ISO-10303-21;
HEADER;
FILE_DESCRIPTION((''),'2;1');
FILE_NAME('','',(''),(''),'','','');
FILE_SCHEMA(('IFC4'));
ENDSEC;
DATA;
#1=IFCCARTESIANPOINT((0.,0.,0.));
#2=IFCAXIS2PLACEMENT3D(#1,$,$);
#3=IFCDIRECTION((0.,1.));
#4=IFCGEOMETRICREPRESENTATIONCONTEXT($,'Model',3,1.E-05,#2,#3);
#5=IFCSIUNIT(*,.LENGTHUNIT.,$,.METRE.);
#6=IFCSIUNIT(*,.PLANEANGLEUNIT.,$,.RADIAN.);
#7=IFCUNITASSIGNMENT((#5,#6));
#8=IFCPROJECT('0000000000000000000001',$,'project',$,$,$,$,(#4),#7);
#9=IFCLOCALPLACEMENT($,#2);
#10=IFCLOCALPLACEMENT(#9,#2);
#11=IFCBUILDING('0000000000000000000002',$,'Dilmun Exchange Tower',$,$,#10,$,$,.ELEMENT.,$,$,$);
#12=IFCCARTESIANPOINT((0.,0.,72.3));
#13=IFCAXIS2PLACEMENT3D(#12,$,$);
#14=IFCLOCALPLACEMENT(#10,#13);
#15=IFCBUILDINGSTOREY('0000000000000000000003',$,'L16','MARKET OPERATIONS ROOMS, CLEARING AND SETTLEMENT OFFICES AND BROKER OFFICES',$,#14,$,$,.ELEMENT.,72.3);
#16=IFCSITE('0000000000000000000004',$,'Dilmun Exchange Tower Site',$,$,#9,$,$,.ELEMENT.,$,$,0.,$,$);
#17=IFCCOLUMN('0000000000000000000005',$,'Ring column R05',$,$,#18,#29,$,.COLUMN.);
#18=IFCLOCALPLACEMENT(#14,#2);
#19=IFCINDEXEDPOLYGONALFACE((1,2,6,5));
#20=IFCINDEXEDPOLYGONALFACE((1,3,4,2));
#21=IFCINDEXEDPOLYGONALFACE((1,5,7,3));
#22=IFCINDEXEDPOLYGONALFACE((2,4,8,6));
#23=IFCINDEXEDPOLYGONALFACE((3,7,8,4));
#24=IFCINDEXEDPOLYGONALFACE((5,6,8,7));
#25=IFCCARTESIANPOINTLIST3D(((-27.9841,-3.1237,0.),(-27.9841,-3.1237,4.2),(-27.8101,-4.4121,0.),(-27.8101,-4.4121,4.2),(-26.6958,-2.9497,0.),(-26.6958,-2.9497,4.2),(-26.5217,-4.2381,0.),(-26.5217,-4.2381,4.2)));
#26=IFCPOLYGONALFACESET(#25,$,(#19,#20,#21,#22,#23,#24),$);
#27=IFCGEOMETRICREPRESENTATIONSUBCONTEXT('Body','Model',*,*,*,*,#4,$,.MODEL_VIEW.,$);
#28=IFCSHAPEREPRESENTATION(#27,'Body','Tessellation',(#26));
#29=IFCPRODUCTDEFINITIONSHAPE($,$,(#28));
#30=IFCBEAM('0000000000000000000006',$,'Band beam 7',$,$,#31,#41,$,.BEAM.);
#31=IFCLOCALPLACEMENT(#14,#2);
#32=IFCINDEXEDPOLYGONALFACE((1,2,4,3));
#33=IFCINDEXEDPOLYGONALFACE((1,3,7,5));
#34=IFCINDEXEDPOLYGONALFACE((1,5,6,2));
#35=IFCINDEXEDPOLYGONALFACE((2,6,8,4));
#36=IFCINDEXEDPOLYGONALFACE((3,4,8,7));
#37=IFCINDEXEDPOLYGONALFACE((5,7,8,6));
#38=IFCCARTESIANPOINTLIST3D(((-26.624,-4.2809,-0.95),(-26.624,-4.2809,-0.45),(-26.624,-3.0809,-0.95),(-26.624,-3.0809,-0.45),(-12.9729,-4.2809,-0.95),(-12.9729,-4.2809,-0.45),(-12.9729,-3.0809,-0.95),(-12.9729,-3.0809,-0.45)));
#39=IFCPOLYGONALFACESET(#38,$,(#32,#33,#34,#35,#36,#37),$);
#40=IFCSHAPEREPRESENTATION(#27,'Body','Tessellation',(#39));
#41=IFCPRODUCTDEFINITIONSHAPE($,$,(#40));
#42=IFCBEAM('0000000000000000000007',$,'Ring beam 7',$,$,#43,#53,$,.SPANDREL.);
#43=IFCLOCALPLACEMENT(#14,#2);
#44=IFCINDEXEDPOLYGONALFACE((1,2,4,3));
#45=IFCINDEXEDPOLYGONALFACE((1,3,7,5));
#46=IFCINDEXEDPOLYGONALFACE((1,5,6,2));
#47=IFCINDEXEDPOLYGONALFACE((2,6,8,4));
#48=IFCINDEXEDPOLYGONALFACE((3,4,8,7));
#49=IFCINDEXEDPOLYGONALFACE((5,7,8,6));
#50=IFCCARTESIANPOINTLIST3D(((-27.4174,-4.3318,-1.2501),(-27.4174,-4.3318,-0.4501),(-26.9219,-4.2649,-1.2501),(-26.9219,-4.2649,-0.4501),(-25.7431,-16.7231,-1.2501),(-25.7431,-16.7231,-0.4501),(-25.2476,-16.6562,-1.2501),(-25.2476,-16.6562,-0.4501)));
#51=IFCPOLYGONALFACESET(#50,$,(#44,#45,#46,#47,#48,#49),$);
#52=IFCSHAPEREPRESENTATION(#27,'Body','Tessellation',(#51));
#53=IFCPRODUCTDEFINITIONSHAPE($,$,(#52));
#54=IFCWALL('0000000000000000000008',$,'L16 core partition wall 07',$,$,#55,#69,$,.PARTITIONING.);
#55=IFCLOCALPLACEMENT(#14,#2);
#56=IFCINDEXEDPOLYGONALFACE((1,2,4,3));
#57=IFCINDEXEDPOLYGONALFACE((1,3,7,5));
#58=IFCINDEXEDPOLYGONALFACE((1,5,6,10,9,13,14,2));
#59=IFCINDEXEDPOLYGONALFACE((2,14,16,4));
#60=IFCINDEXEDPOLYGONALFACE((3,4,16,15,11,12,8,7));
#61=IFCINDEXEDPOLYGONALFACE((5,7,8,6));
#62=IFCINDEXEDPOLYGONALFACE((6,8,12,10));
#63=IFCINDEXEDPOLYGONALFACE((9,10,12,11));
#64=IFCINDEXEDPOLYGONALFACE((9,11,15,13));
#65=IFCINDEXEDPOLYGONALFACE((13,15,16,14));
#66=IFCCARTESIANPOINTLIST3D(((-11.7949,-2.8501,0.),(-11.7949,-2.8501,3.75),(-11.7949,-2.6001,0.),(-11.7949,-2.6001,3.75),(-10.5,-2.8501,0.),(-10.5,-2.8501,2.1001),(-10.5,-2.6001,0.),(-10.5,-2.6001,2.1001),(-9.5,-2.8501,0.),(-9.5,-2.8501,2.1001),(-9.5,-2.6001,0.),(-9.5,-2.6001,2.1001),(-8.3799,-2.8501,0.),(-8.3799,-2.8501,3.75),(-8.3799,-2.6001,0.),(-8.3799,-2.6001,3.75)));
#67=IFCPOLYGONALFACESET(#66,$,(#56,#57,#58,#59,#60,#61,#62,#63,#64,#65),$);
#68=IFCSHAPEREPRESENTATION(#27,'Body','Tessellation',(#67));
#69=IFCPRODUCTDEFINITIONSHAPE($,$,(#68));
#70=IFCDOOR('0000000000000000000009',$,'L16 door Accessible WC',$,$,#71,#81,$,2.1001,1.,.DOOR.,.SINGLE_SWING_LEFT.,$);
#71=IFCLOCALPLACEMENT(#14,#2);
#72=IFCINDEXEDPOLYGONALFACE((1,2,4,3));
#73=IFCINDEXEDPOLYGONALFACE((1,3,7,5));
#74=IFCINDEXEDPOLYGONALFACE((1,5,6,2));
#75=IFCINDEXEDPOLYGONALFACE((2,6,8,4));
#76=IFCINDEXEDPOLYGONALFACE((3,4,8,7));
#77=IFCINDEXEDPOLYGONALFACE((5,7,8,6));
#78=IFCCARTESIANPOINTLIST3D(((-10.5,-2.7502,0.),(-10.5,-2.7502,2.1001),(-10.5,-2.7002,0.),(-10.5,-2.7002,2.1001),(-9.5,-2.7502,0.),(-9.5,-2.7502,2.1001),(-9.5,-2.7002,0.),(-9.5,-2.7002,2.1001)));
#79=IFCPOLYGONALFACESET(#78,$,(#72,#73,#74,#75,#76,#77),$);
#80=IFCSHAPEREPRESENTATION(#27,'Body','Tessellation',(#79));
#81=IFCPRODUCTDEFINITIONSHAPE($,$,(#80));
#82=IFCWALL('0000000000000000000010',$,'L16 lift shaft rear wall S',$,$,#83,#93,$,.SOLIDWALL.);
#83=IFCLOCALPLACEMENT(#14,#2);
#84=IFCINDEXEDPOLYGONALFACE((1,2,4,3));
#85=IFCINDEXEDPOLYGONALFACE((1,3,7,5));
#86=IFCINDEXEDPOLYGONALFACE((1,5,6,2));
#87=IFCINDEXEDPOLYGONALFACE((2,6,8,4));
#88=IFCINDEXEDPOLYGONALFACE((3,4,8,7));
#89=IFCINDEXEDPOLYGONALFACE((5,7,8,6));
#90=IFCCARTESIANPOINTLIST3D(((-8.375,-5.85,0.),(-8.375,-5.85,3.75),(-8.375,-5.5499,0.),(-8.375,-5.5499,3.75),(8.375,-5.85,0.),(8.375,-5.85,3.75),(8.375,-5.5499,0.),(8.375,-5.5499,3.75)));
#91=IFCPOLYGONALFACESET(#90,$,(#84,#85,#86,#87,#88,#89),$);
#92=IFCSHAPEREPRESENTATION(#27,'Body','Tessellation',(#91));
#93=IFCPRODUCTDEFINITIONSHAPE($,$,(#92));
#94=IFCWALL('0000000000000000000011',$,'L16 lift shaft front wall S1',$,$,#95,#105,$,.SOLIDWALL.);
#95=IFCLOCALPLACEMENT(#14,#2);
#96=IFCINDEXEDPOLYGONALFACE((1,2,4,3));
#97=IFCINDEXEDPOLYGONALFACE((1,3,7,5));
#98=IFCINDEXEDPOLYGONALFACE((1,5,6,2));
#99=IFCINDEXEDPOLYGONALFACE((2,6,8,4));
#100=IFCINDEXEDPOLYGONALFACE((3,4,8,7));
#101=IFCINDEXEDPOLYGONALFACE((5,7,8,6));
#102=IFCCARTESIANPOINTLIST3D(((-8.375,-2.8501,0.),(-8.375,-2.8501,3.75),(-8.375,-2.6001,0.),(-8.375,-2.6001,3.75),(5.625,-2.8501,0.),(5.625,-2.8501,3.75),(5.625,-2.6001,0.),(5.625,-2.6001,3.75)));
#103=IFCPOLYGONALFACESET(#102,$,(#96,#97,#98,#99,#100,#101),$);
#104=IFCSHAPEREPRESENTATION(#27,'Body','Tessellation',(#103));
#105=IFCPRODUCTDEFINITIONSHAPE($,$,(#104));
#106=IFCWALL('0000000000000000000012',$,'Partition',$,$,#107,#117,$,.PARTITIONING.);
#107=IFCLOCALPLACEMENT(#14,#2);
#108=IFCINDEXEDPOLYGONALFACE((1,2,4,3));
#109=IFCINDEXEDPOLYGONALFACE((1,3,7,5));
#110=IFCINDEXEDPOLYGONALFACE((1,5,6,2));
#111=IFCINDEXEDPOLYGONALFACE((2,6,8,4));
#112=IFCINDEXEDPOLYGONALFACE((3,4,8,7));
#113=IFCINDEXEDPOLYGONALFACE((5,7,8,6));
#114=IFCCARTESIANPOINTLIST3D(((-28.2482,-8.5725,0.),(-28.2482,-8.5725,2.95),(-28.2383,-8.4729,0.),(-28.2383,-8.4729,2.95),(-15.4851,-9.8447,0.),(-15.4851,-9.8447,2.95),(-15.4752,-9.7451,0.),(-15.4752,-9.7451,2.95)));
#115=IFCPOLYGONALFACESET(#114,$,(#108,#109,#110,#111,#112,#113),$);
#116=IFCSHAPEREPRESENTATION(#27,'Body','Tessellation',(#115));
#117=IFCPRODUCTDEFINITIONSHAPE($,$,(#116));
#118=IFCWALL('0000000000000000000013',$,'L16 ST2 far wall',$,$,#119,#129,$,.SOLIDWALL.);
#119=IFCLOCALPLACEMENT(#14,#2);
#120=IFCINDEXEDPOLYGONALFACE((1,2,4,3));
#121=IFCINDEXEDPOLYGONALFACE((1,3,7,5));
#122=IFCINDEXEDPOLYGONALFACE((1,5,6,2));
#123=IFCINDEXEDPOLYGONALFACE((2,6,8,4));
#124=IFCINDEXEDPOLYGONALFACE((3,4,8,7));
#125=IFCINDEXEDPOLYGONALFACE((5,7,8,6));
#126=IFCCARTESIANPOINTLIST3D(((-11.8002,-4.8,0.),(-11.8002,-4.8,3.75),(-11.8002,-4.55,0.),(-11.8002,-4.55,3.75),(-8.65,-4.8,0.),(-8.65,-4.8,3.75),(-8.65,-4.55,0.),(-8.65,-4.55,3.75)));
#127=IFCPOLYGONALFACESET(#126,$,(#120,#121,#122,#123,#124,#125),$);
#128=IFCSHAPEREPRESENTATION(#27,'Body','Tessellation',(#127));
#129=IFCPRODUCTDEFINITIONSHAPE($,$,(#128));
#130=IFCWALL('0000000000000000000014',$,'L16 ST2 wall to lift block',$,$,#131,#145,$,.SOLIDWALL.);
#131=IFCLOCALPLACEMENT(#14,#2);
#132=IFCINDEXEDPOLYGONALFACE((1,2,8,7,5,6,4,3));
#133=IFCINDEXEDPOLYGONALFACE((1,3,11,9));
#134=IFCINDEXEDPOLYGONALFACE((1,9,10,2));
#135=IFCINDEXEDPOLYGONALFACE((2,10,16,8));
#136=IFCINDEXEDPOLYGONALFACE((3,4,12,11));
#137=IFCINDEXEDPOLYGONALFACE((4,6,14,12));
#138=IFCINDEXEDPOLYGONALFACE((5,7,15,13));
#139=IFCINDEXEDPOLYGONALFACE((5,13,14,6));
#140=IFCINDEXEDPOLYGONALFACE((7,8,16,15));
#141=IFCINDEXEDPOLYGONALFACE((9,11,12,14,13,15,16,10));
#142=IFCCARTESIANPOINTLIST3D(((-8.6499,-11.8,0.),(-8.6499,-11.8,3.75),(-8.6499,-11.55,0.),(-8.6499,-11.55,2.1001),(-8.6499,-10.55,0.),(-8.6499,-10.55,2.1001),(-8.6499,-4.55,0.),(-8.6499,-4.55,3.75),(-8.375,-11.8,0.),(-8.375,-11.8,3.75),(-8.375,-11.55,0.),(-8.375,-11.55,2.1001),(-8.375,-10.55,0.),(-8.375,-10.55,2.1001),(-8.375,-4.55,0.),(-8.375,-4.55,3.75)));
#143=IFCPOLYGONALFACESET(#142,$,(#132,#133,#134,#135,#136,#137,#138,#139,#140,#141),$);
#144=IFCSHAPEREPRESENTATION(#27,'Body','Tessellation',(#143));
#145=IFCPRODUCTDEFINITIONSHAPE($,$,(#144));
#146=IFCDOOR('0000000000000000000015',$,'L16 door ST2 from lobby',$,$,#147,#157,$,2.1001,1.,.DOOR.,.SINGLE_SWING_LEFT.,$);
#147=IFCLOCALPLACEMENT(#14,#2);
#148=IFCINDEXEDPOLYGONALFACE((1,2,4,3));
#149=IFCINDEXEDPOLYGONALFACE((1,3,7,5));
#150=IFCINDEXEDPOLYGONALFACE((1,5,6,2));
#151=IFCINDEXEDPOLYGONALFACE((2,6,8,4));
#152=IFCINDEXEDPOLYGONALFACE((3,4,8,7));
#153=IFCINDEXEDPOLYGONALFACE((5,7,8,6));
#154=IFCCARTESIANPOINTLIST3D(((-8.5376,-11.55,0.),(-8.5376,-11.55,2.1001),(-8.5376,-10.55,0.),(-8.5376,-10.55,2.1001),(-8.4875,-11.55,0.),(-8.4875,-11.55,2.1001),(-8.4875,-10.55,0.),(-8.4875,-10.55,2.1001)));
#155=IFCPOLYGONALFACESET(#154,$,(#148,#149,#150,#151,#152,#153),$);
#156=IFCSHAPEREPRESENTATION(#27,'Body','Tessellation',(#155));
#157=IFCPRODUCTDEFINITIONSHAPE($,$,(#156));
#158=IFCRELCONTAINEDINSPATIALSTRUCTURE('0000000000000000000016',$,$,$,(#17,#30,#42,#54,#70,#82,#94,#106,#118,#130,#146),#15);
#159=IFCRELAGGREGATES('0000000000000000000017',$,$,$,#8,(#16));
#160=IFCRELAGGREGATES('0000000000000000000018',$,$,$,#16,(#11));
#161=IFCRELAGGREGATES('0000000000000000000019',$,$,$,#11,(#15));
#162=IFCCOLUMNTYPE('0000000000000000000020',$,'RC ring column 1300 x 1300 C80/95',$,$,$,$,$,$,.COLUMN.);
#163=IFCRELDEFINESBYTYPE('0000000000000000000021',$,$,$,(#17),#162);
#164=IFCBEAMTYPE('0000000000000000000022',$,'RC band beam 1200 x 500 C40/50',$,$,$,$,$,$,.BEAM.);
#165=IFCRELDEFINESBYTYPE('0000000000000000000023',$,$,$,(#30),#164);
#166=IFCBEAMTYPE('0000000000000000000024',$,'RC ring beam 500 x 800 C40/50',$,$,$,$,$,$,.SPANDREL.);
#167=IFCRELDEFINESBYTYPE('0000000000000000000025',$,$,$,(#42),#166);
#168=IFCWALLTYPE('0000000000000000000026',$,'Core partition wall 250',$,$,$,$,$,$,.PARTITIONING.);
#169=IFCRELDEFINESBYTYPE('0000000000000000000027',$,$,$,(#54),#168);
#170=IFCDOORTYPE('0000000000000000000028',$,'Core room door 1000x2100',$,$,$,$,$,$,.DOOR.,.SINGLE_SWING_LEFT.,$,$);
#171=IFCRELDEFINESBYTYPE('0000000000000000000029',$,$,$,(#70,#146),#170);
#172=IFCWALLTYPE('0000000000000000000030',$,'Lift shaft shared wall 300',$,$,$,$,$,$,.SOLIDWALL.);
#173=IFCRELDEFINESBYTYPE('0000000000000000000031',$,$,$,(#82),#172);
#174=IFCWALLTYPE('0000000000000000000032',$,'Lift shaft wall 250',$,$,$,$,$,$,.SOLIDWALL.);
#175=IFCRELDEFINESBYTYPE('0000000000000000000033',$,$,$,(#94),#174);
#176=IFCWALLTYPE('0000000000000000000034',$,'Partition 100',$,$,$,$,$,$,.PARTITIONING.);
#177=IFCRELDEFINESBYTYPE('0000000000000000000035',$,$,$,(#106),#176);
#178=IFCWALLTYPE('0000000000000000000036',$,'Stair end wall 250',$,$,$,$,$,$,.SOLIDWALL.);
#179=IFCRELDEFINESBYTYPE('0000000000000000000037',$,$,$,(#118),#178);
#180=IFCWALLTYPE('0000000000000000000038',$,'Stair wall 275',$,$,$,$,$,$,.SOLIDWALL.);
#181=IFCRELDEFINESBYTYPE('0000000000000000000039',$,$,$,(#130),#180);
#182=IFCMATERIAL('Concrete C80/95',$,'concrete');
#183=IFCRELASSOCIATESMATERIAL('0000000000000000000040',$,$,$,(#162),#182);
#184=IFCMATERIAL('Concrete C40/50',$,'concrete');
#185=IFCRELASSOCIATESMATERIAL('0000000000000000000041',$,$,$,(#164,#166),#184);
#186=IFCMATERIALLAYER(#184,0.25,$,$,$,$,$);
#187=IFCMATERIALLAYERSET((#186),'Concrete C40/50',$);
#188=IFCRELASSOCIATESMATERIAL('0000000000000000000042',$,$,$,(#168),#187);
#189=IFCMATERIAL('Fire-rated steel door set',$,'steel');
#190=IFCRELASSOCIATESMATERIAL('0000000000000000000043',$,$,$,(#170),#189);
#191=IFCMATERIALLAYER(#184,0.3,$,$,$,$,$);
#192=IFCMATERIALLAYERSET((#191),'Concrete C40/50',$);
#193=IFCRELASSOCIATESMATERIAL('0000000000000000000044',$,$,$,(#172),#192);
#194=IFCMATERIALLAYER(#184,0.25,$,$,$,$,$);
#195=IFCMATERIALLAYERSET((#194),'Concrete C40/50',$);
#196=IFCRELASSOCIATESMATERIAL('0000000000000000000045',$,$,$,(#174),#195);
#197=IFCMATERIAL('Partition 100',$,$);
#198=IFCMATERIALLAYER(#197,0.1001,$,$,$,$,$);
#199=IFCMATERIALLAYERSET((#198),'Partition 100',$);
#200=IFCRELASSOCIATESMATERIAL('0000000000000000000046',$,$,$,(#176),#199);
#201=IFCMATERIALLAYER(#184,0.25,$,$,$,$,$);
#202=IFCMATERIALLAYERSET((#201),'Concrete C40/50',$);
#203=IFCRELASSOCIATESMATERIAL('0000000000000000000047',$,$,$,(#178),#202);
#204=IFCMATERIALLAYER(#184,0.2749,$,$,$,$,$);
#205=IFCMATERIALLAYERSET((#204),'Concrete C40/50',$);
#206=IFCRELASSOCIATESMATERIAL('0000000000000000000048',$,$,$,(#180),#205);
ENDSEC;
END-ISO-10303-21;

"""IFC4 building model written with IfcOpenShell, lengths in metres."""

from ifc_helpers import new_model, si_unit, direction, frame, frame_2d, origin, origin_2d, place, context, subcontext, project, spatial, rectangle, extrude, material, layer, layer_set, material_profile, profile_set, type_object, element, fill, save


model = new_model("IFC4")

# Units and contexts
model_context = context("Model", 3, precision=1e-05, world=origin(), true_north=direction((0.0, 1.0)))
body_context = subcontext(model_context, "Body", "Model", "MODEL_VIEW")
ifc_project = project(units=[si_unit("LENGTHUNIT", "METRE"), si_unit("PLANEANGLEUNIT", "RADIAN")], contexts=[model_context])

# Site, building, storey
site_placement = place(None, origin())
site = spatial("IfcSite", under=ifc_project, at=site_placement, Name="Dilmun Exchange Tower Site", CompositionType="ELEMENT", RefElevation=0.0)
building_placement = place(site_placement, origin())
building = spatial("IfcBuilding", under=site, at=building_placement, Name="Dilmun Exchange Tower", CompositionType="ELEMENT")
storey_placement = place(building_placement, frame((0.0, 0.0, 72.3)))
storey = spatial("IfcBuildingStorey", under=building, at=storey_placement, Name="L16", Description="MARKET OPERATIONS ROOMS, CLEARING AND SETTLEMENT OFFICES AND BROKER OFFICES", CompositionType="ELEMENT", Elevation=72.3)

# Column
ifc_material_1 = material(Name="Concrete C80/95", Category="concrete")
ifc_material_profile_1 = material_profile(ifc_material_1, rectangle(XDim=1.3, YDim=1.3, at=origin_2d()), Name="1300 x 1300")
ifc_profile_set_1 = profile_set([ifc_material_profile_1], Name="Concrete C80/95")
column_type = type_object("IfcColumnType", Name="RC ring column 1300 x 1300 C80/95", PredefinedType="COLUMN", material=ifc_profile_set_1)
column_placement = place(storey_placement, frame((-27.2529, -3.6809, 0.0), z_axis=(0.0, 0.0, 1.0), x_axis=(0.991001, 0.133853, 0.0)))
element("IfcColumn", 1, at=column_placement, inside=storey, type_object=column_type, Name="Ring column R05", PredefinedType="COLUMN", context=body_context, shape_type="SweptSolid", body=[
    extrude(rectangle(XDim=1.3, YDim=1.3, at=origin_2d()), origin(), (0.0, 0.0, 1.0), 4.2),
])

# Beams
ifc_material_2 = material(Name="Concrete C40/50", Category="concrete")
ifc_material_profile_2 = material_profile(ifc_material_2, rectangle(XDim=1.2, YDim=0.5, at=origin_2d()), Name="1200 x 500")
ifc_profile_set_2 = profile_set([ifc_material_profile_2], Name="Concrete C40/50")
beam_type_1 = type_object("IfcBeamType", Name="RC band beam 1200 x 500 C40/50", PredefinedType="BEAM", material=ifc_profile_set_2)
beam_1_placement = place(storey_placement, frame((-26.624, -3.6809, -0.7), z_axis=(1.0, 0.0, 0.0), x_axis=(0.0, 1.0, 0.0)))
element("IfcBeam", 2, at=beam_1_placement, inside=storey, type_object=beam_type_1, Name="Band beam 7", PredefinedType="BEAM", context=body_context, shape_type="SweptSolid", body=[
    extrude(rectangle(XDim=1.2, YDim=0.5, at=origin_2d()), origin(), (0.0, 0.0, 1.0), 13.6511),
])
ifc_material_profile_3 = material_profile(ifc_material_2, rectangle(XDim=0.5, YDim=0.8, at=origin_2d()), Name="500 x 800")
ifc_profile_set_3 = profile_set([ifc_material_profile_3], Name="Concrete C40/50")
beam_type_2 = type_object("IfcBeamType", Name="RC ring beam 500 x 800 C40/50", PredefinedType="SPANDREL", material=ifc_profile_set_3)
beam_2_placement = place(storey_placement, frame((-27.1697, -4.2983, -0.8501), z_axis=(0.133903, -0.990994, 0.0), x_axis=(0.990994, 0.133903, 0.0)))
element("IfcBeam", 3, at=beam_2_placement, inside=storey, type_object=beam_type_2, Name="Ring beam 7", PredefinedType="SPANDREL", context=body_context, shape_type="SweptSolid", body=[
    extrude(rectangle(XDim=0.5, YDim=0.8, at=origin_2d()), origin(), (0.0, 0.0, 1.0), 12.5039),
])

# Wall, opening, door
ifc_layer_1 = layer(ifc_material_2, 0.25)
ifc_layer_set_1 = layer_set([ifc_layer_1], Name="Concrete C40/50")
wall_type_1 = type_object("IfcWallType", Name="Core partition wall 250", PredefinedType="PARTITIONING", material=ifc_layer_set_1)
wall_1_placement = place(storey_placement, frame((-11.7949, -2.7251, 0.0), z_axis=(0.0, 0.0, 1.0), x_axis=(1.0, 0.0, 0.0)))
wall_1 = element("IfcWall", 4, at=wall_1_placement, inside=storey, type_object=wall_type_1, Name="L16 core partition wall 07", PredefinedType="PARTITIONING", context=body_context, shape_type="SweptSolid", body=[
    extrude(rectangle(XDim=3.415, YDim=0.25, at=frame_2d((1.7075, 0.0))), origin(), (0.0, 0.0, 1.0), 3.75),
])
opening_1_placement = place(wall_1_placement, frame((1.2949, 0.0, 0.0)))
opening_1 = element("IfcOpeningElement", 5, at=opening_1_placement, cuts=wall_1, PredefinedType="OPENING", context=body_context, shape_type="SweptSolid", body=[
    extrude(rectangle(XDim=1.0, YDim=2.1001, at=frame_2d((0.5, 1.05))), frame((0.0, 0.135, 0.0), z_axis=(0.0, -1.0, 0.0), x_axis=(1.0, 0.0, 0.0)), (0.0, 0.0, 1.0), 0.27),
])
ifc_material_3 = material(Name="Fire-rated steel door set", Category="steel")
door_type = type_object("IfcDoorType", Name="Core room door 1000x2100", OperationType="SINGLE_SWING_LEFT", PredefinedType="DOOR", material=ifc_material_3)
door_1_placement = place(opening_1_placement, origin())
door_1 = element("IfcDoor", 6, at=door_1_placement, inside=storey, type_object=door_type, Name="L16 door Accessible WC", OperationType="SINGLE_SWING_LEFT", OverallHeight=2.1001, OverallWidth=1.0, PredefinedType="DOOR", context=body_context, shape_type="SweptSolid", body=[
    extrude(rectangle(XDim=1.0, YDim=2.1001, at=frame_2d((0.5, 1.05))), frame((0.0, 0.0249, 0.0), z_axis=(0.0, -1.0, 0.0), x_axis=(1.0, 0.0, 0.0)), (0.0, 0.0, 1.0), 0.05),
])
fill(opening_1, door_1)

# Walls
ifc_layer_2 = layer(ifc_material_2, 0.3)
ifc_layer_set_2 = layer_set([ifc_layer_2], Name="Concrete C40/50")
wall_type_2 = type_object("IfcWallType", Name="Lift shaft shared wall 300", PredefinedType="SOLIDWALL", material=ifc_layer_set_2)
wall_2_placement = place(storey_placement, frame((-8.375, -5.7, 0.0), z_axis=(0.0, 0.0, 1.0), x_axis=(1.0, 0.0, 0.0)))
element("IfcWall", 7, at=wall_2_placement, inside=storey, type_object=wall_type_2, Name="L16 lift shaft rear wall S", PredefinedType="SOLIDWALL", context=body_context, shape_type="SweptSolid", body=[
    extrude(rectangle(XDim=16.75, YDim=0.3, at=frame_2d((8.375, 0.0))), origin(), (0.0, 0.0, 1.0), 3.75),
])
ifc_layer_3 = layer(ifc_material_2, 0.25)
ifc_layer_set_3 = layer_set([ifc_layer_3], Name="Concrete C40/50")
wall_type_3 = type_object("IfcWallType", Name="Lift shaft wall 250", PredefinedType="SOLIDWALL", material=ifc_layer_set_3)
wall_3_placement = place(storey_placement, frame((-8.375, -2.7251, 0.0), z_axis=(0.0, 0.0, 1.0), x_axis=(1.0, 0.0, 0.0)))
element("IfcWall", 8, at=wall_3_placement, inside=storey, type_object=wall_type_3, Name="L16 lift shaft front wall S1", PredefinedType="SOLIDWALL", context=body_context, shape_type="SweptSolid", body=[
    extrude(rectangle(XDim=14.0, YDim=0.25, at=frame_2d((7.0, 0.0))), origin(), (0.0, 0.0, 1.0), 3.75),
])
ifc_material_4 = material(Name="Partition 100")
ifc_layer_4 = layer(ifc_material_4, 0.1001)
ifc_layer_set_4 = layer_set([ifc_layer_4], Name="Partition 100")
wall_type_4 = type_object("IfcWallType", Name="Partition 100", PredefinedType="PARTITIONING", material=ifc_layer_set_4)
wall_4_placement = place(storey_placement, frame((-28.2432, -8.5227, 0.0), z_axis=(0.0, 0.0, 1.0), x_axis=(0.995069, -0.099187, 0.0)))
element("IfcWall", 9, at=wall_4_placement, inside=storey, type_object=wall_type_4, Name="Partition", PredefinedType="PARTITIONING", context=body_context, shape_type="SweptSolid", body=[
    extrude(rectangle(XDim=12.8264, YDim=0.1001, at=frame_2d((6.4131, 0.0))), origin(), (0.0, 0.0, 1.0), 2.95),
])
ifc_layer_5 = layer(ifc_material_2, 0.25)
ifc_layer_set_5 = layer_set([ifc_layer_5], Name="Concrete C40/50")
wall_type_5 = type_object("IfcWallType", Name="Stair end wall 250", PredefinedType="SOLIDWALL", material=ifc_layer_set_5)
wall_5_placement = place(storey_placement, frame((-8.6499, -4.675, 0.0), z_axis=(0.0, 0.0, 1.0), x_axis=(-1.0, 0.0, 0.0)))
element("IfcWall", 10, at=wall_5_placement, inside=storey, type_object=wall_type_5, Name="L16 ST2 far wall", PredefinedType="SOLIDWALL", context=body_context, shape_type="SweptSolid", body=[
    extrude(rectangle(XDim=3.1501, YDim=0.25, at=frame_2d((1.5752, 0.0))), origin(), (0.0, 0.0, 1.0), 3.75),
])

# Wall, opening, door
ifc_layer_6 = layer(ifc_material_2, 0.2749)
ifc_layer_set_6 = layer_set([ifc_layer_6], Name="Concrete C40/50")
wall_type_6 = type_object("IfcWallType", Name="Stair wall 275", PredefinedType="SOLIDWALL", material=ifc_layer_set_6)
wall_6_placement = place(storey_placement, frame((-8.5125, -4.55, 0.0), z_axis=(0.0, 0.0, 1.0), x_axis=(0.0, -1.0, 0.0)))
wall_6 = element("IfcWall", 11, at=wall_6_placement, inside=storey, type_object=wall_type_6, Name="L16 ST2 wall to lift block", PredefinedType="SOLIDWALL", context=body_context, shape_type="SweptSolid", body=[
    extrude(rectangle(XDim=7.25, YDim=0.2749, at=frame_2d((3.625, 0.0))), origin(), (0.0, 0.0, 1.0), 3.75),
])
opening_2_placement = place(wall_6_placement, frame((6.0, 0.0, 0.0)))
opening_2 = element("IfcOpeningElement", 12, at=opening_2_placement, cuts=wall_6, PredefinedType="OPENING", context=body_context, shape_type="SweptSolid", body=[
    extrude(rectangle(XDim=1.0, YDim=2.1001, at=frame_2d((0.5, 1.05))), frame((0.0, 0.1475, 0.0), z_axis=(0.0, -1.0, 0.0), x_axis=(1.0, 0.0, 0.0)), (0.0, 0.0, 1.0), 0.2949),
])
door_2_placement = place(opening_2_placement, origin())
door_2 = element("IfcDoor", 13, at=door_2_placement, inside=storey, type_object=door_type, Name="L16 door ST2 from lobby", OperationType="SINGLE_SWING_LEFT", OverallHeight=2.1001, OverallWidth=1.0, PredefinedType="DOOR", context=body_context, shape_type="SweptSolid", body=[
    extrude(rectangle(XDim=1.0, YDim=2.1001, at=frame_2d((0.5, 1.05))), frame((0.0, 0.0249, 0.0), z_axis=(0.0, -1.0, 0.0), x_axis=(1.0, 0.0, 0.0)), (0.0, 0.0, 1.0), 0.05),
])
fill(opening_2, door_2)

save(model, "model.ifc")
